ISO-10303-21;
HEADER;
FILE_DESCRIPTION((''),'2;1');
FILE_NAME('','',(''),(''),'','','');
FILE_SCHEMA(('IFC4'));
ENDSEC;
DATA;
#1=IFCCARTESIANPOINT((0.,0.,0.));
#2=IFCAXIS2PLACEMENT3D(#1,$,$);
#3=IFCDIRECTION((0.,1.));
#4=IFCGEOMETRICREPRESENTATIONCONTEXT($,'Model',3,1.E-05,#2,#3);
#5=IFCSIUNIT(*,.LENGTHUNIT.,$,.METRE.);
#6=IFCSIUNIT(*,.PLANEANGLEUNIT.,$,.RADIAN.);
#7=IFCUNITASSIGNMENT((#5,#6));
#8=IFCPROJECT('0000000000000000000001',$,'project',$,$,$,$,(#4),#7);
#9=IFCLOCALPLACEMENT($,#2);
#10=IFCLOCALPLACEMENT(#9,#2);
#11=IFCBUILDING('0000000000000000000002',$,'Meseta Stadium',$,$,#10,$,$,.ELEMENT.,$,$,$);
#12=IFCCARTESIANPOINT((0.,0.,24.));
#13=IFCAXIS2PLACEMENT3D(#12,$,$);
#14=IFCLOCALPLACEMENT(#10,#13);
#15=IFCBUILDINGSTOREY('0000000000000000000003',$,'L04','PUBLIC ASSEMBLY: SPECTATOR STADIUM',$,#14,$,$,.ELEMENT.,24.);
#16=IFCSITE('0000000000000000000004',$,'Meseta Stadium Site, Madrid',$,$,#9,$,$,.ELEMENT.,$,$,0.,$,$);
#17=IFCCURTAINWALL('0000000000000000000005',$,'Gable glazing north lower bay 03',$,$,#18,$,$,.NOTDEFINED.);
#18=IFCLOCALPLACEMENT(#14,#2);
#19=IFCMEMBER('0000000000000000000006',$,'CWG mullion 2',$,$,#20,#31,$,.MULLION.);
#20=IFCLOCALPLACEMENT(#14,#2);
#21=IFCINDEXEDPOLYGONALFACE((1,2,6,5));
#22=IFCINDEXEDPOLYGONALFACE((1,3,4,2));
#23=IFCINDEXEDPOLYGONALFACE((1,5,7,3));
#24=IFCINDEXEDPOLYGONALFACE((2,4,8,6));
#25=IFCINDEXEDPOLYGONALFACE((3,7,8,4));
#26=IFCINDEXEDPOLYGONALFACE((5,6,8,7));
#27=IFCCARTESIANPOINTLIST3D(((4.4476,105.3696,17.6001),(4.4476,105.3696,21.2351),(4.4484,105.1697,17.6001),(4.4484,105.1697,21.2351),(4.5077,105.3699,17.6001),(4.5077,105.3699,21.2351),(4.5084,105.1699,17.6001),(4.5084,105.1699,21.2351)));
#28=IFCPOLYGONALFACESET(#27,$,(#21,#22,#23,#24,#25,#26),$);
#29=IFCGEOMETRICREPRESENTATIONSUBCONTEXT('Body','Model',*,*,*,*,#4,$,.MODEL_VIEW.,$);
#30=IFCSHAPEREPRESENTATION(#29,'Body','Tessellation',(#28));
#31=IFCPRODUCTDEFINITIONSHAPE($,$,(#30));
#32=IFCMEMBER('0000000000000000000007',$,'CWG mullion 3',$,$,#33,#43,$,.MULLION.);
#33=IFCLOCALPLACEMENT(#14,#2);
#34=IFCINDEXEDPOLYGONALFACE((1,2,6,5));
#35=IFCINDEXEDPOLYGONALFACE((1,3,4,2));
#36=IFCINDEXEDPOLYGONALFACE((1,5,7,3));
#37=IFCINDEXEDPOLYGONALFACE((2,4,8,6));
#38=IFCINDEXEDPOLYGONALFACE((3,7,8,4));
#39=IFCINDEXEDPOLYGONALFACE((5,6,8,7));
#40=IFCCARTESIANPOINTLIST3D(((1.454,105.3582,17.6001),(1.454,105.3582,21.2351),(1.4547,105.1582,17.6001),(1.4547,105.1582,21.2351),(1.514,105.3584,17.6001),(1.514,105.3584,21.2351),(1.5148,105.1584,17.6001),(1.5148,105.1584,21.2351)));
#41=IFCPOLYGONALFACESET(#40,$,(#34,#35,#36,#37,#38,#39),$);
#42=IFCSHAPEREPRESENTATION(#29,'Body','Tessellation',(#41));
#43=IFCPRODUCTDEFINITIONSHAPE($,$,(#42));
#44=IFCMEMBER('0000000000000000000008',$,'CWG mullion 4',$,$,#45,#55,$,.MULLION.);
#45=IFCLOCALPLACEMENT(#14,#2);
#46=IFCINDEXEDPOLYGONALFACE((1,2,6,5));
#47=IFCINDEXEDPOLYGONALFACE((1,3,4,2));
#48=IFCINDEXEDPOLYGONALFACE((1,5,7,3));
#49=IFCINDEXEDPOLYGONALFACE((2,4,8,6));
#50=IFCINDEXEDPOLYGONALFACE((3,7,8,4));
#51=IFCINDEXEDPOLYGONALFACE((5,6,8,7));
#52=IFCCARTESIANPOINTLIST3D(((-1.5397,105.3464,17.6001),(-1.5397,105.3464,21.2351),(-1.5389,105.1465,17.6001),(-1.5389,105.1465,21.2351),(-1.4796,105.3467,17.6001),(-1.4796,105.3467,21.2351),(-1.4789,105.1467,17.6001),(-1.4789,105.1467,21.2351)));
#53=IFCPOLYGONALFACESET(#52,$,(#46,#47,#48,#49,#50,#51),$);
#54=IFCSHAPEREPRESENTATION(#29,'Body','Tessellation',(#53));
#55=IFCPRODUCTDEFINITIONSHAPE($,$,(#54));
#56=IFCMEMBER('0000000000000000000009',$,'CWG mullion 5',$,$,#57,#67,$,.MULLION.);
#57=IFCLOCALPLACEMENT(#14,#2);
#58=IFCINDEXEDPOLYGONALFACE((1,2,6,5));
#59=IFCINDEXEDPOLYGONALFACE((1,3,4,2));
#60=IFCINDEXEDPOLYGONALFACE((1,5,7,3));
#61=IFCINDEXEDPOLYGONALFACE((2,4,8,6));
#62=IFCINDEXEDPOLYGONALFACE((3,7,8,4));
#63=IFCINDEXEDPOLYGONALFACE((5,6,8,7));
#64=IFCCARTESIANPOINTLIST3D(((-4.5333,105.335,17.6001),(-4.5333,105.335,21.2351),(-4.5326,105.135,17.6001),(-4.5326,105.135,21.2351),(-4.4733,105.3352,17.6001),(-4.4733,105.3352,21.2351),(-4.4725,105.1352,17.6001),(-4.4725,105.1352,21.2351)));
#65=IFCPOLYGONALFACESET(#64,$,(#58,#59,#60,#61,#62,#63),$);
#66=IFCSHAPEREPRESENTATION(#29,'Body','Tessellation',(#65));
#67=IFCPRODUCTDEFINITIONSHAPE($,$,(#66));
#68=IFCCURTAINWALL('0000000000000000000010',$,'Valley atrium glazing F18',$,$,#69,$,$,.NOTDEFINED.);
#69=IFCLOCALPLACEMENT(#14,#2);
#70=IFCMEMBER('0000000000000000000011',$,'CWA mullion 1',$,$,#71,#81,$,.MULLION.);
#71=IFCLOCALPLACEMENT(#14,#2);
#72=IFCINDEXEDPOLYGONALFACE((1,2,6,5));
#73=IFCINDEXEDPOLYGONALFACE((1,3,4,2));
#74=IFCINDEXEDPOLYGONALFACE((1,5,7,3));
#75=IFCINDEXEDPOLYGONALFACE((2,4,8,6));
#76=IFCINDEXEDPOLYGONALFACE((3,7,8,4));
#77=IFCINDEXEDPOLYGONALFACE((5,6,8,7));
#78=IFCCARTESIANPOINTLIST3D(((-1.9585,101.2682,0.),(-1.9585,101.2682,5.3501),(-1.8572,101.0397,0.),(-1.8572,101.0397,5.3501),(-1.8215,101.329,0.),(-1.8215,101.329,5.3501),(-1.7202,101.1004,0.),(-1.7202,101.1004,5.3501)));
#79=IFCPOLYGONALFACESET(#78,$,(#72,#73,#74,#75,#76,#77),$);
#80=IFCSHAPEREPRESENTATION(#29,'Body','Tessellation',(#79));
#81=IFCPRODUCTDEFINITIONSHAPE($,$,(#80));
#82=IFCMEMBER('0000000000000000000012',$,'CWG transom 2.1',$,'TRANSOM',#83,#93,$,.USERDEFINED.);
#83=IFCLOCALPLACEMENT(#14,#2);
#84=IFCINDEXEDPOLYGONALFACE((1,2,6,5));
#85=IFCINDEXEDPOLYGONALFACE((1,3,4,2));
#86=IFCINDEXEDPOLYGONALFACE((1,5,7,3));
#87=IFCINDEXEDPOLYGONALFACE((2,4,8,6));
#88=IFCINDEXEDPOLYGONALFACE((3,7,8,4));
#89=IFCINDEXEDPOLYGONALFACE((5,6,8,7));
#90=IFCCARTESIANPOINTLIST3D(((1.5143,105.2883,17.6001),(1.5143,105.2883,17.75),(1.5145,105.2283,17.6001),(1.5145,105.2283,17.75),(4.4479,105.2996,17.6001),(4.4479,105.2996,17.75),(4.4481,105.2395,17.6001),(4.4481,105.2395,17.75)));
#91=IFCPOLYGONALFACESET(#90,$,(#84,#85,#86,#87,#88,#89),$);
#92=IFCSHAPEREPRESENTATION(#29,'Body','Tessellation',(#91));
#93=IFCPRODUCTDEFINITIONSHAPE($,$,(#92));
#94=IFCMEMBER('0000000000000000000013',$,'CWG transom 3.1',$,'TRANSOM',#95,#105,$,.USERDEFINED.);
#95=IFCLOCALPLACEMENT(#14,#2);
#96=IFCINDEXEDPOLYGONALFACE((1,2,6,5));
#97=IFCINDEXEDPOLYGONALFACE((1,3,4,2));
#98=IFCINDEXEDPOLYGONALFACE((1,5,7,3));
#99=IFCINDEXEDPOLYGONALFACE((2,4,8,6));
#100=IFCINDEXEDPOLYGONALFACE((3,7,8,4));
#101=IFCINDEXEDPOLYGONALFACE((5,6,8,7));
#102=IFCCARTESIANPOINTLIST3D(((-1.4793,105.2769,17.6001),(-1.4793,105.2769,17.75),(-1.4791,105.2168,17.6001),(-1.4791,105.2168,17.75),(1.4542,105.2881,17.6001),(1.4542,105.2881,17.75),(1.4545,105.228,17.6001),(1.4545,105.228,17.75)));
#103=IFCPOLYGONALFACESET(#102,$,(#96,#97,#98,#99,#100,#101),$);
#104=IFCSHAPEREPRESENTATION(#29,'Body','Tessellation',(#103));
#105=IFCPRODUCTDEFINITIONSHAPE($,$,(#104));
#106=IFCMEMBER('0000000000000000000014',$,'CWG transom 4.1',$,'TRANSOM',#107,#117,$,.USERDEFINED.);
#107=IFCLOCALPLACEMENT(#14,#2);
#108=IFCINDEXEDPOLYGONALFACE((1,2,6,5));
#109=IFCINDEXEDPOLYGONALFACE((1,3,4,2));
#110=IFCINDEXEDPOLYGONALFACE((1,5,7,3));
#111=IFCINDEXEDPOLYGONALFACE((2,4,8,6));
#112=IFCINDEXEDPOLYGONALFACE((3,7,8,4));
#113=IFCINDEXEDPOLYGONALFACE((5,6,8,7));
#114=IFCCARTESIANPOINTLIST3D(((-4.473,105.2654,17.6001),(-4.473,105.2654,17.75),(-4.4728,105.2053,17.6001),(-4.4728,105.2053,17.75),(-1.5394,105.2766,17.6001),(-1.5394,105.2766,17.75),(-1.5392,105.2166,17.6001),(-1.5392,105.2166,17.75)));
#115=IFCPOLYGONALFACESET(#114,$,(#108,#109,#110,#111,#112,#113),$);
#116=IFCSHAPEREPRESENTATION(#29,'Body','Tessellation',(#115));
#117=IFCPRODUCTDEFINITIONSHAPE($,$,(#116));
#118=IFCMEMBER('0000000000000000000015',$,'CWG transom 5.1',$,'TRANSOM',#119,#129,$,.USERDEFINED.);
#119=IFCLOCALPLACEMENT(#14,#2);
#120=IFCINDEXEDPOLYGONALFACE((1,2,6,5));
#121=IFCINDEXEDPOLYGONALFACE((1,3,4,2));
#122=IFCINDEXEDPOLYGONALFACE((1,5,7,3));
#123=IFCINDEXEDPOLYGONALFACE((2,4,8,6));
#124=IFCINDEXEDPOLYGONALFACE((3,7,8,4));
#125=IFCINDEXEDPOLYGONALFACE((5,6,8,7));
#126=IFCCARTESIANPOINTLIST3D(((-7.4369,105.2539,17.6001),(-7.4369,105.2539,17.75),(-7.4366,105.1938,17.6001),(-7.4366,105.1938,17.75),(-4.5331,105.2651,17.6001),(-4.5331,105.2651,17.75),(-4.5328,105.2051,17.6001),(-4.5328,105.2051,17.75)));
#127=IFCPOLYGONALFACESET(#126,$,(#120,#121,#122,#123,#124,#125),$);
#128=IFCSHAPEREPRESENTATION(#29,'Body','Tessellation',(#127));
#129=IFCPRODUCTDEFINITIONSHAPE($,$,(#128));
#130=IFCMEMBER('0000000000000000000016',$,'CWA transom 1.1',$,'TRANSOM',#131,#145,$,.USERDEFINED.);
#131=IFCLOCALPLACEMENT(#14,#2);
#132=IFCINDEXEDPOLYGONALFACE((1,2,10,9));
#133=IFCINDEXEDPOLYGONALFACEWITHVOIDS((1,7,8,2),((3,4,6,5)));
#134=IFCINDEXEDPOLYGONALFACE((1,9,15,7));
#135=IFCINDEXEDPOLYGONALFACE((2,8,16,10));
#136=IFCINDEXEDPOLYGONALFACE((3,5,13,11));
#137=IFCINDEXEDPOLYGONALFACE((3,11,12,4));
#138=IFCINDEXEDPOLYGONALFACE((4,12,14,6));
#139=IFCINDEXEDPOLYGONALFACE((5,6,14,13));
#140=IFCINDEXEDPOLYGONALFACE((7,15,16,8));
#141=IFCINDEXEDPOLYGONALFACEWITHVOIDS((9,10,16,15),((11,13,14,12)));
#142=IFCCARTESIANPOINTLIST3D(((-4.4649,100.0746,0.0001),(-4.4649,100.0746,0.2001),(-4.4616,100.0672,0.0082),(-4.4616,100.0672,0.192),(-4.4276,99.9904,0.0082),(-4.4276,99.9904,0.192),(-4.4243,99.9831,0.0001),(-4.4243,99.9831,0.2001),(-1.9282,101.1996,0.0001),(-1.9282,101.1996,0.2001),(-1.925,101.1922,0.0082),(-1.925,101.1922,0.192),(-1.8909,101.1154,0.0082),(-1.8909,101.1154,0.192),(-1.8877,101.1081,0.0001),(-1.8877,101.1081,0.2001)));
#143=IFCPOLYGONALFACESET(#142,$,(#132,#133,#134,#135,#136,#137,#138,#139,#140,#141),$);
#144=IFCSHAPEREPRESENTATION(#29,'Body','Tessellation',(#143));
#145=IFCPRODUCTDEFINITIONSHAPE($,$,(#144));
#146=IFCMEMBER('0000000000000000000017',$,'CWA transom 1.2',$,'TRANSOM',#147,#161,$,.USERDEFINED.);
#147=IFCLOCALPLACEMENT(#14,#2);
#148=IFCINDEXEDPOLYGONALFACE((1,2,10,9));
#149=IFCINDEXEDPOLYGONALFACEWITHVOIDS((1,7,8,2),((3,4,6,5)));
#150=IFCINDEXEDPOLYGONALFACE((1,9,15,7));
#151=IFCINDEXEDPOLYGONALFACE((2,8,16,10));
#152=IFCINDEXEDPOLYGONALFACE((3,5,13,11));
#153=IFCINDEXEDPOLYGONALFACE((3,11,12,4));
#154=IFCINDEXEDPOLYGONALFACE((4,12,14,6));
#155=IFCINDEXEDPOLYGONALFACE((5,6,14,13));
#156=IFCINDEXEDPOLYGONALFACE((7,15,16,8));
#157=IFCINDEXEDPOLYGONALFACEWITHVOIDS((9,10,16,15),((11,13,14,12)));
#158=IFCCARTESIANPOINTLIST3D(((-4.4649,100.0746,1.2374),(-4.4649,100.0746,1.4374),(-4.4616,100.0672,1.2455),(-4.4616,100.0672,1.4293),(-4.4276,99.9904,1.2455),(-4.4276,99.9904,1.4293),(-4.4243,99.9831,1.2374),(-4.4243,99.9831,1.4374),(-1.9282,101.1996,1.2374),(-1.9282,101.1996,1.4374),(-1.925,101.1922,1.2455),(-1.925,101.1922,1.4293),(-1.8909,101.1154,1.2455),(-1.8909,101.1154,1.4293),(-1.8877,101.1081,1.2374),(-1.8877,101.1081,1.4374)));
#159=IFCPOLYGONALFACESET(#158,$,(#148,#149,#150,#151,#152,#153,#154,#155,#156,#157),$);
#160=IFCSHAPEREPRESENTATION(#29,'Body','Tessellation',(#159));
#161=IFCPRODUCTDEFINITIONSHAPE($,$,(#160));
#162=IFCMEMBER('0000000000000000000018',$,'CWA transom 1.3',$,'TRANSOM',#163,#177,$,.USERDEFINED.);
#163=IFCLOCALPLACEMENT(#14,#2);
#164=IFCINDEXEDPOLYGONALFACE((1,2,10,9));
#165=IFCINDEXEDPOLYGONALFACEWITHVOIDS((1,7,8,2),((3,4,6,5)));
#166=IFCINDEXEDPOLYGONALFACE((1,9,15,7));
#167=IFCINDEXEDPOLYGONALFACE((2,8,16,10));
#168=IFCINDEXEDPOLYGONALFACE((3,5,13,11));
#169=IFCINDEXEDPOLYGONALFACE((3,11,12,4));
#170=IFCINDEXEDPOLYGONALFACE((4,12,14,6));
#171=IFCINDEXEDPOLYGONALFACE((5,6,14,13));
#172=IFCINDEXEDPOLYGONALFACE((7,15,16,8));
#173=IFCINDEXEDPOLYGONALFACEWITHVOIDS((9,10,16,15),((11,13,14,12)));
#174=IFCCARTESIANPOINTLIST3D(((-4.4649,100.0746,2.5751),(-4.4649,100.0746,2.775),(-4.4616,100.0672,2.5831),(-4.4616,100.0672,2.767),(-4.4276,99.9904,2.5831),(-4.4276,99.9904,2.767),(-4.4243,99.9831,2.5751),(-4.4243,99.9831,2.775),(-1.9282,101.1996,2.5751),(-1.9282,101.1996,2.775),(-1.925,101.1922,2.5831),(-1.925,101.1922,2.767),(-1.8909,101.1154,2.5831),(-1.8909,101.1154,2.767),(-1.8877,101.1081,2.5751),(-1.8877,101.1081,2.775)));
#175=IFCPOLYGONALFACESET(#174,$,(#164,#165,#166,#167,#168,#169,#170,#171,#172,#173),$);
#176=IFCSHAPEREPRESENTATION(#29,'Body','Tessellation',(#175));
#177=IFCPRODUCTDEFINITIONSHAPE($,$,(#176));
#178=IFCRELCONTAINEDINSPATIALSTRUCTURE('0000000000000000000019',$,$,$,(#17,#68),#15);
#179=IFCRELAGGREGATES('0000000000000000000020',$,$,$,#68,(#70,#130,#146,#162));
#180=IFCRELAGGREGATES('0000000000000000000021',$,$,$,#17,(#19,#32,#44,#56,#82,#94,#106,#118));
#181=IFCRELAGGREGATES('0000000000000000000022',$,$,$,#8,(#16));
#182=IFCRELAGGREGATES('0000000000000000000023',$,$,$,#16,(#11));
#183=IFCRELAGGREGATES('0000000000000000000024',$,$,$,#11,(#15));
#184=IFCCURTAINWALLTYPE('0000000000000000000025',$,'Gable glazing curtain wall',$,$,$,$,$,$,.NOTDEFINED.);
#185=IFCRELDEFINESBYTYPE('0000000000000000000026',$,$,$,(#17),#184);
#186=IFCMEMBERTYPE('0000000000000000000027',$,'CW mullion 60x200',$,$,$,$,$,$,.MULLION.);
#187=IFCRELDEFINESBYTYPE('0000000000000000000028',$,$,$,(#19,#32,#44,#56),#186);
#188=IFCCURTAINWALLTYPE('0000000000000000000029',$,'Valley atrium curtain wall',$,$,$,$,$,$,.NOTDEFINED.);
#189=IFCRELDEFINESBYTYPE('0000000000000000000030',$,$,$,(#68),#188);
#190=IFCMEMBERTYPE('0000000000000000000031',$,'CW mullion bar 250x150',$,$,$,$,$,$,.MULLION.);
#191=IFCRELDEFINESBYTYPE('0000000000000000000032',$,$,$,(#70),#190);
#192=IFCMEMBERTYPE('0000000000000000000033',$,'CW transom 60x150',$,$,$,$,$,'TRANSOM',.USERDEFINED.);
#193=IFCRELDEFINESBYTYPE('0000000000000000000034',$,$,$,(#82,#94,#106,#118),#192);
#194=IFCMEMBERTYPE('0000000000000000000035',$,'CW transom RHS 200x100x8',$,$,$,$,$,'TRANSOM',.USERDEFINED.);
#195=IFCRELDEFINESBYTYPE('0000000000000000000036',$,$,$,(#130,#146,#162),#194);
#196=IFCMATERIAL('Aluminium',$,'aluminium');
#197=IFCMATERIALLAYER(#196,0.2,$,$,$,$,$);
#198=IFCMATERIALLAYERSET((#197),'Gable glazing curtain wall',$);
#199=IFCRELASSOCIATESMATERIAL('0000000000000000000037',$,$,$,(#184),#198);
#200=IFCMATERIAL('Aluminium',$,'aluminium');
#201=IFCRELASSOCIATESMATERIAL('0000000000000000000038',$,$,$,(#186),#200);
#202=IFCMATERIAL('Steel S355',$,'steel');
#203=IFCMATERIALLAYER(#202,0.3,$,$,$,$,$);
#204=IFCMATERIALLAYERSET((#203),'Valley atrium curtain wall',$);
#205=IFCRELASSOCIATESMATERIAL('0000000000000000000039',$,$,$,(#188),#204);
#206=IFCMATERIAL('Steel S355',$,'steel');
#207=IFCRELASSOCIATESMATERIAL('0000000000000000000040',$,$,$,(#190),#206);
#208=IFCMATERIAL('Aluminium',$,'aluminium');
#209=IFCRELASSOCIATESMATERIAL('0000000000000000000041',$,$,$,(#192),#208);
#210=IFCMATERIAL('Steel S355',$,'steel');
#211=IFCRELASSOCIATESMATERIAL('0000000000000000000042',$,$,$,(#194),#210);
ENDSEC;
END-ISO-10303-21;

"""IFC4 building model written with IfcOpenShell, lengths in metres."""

from ifc_helpers import new_model, si_unit, direction, frame, origin, origin_2d, place, context, subcontext, project, spatial, rectangle, hollow_rectangle, extrude, material, layer, layer_set, material_profile, profile_set, type_object, element, aggregate, save


model = new_model("IFC4")

# Units and contexts
model_context = context("Model", 3, precision=1e-05, world=origin(), true_north=direction((0.0, 1.0)))
body_context = subcontext(model_context, "Body", "Model", "MODEL_VIEW")
ifc_project = project(units=[si_unit("LENGTHUNIT", "METRE"), si_unit("PLANEANGLEUNIT", "RADIAN")], contexts=[model_context])

# Site, building, storey
site_placement = place(None, origin())
site = spatial("IfcSite", under=ifc_project, at=site_placement, Name="Meseta Stadium Site, Madrid", CompositionType="ELEMENT", RefElevation=0.0)
building_placement = place(site_placement, origin())
building = spatial("IfcBuilding", under=site, at=building_placement, Name="Meseta Stadium", CompositionType="ELEMENT")
storey_placement = place(building_placement, frame((0.0, 0.0, 24.0)))
storey = spatial("IfcBuildingStorey", under=building, at=storey_placement, Name="L04", Description="PUBLIC ASSEMBLY: SPECTATOR STADIUM", CompositionType="ELEMENT", Elevation=24.0)

# Curtain wall, members
ifc_material_1 = material(Name="Aluminium", Category="aluminium")
ifc_layer_1 = layer(ifc_material_1, 0.2)
ifc_layer_set_1 = layer_set([ifc_layer_1], Name="Gable glazing curtain wall")
curtain_wall_type_1 = type_object("IfcCurtainWallType", Name="Gable glazing curtain wall", PredefinedType="NOTDEFINED", material=ifc_layer_set_1)
curtain_wall_1_placement = place(storey_placement, origin())
curtain_wall_1 = element("IfcCurtainWall", 1, at=curtain_wall_1_placement, inside=storey, type_object=curtain_wall_type_1, Name="Gable glazing north lower bay 03", PredefinedType="NOTDEFINED")
ifc_material_2 = material(Name="Aluminium", Category="aluminium")
ifc_material_profile_1 = material_profile(ifc_material_2, rectangle(XDim=0.2, YDim=0.0601, at=origin_2d()), Name="CW 200x60")
ifc_profile_set_1 = profile_set([ifc_material_profile_1], Name="Aluminium")
member_type_1 = type_object("IfcMemberType", Name="CW mullion 60x200", PredefinedType="MULLION", material=ifc_profile_set_1)
member_1_placement = place(storey_placement, frame((4.478, 105.2698, 17.6001), z_axis=(0.0, 0.0, 1.0), x_axis=(0.003848, -0.999993, 0.0)))
member_1 = element("IfcMember", 2, at=member_1_placement, type_object=member_type_1, Name="CWG mullion 2", PredefinedType="MULLION", context=body_context, shape_type="SweptSolid", body=[
    extrude(rectangle(XDim=0.2, YDim=0.0601, at=origin_2d()), origin(), (0.0, 0.0, 1.0), 3.635),
])
member_2_placement = place(storey_placement, frame((1.4844, 105.2583, 17.6001), z_axis=(0.0, 0.0, 1.0), x_axis=(0.003848, -0.999993, 0.0)))
member_2 = element("IfcMember", 3, at=member_2_placement, type_object=member_type_1, Name="CWG mullion 3", PredefinedType="MULLION", context=body_context, shape_type="SweptSolid", body=[
    extrude(rectangle(XDim=0.2, YDim=0.0601, at=origin_2d()), origin(), (0.0, 0.0, 1.0), 3.635),
])
member_3_placement = place(storey_placement, frame((-1.5093, 105.2466, 17.6001), z_axis=(0.0, 0.0, 1.0), x_axis=(0.003848, -0.999993, 0.0)))
member_3 = element("IfcMember", 4, at=member_3_placement, type_object=member_type_1, Name="CWG mullion 4", PredefinedType="MULLION", context=body_context, shape_type="SweptSolid", body=[
    extrude(rectangle(XDim=0.2, YDim=0.0601, at=origin_2d()), origin(), (0.0, 0.0, 1.0), 3.635),
])
member_4_placement = place(storey_placement, frame((-4.5029, 105.2351, 17.6001), z_axis=(0.0, 0.0, 1.0), x_axis=(0.003848, -0.999993, 0.0)))
member_4 = element("IfcMember", 5, at=member_4_placement, type_object=member_type_1, Name="CWG mullion 5", PredefinedType="MULLION", context=body_context, shape_type="SweptSolid", body=[
    extrude(rectangle(XDim=0.2, YDim=0.0601, at=origin_2d()), origin(), (0.0, 0.0, 1.0), 3.635),
])

# Curtain wall, member
ifc_material_3 = material(Name="Steel S355", Category="steel")
ifc_layer_2 = layer(ifc_material_3, 0.3)
ifc_layer_set_2 = layer_set([ifc_layer_2], Name="Valley atrium curtain wall")
curtain_wall_type_2 = type_object("IfcCurtainWallType", Name="Valley atrium curtain wall", PredefinedType="NOTDEFINED", material=ifc_layer_set_2)
curtain_wall_2_placement = place(storey_placement, origin())
curtain_wall_2 = element("IfcCurtainWall", 6, at=curtain_wall_2_placement, inside=storey, type_object=curtain_wall_type_2, Name="Valley atrium glazing F18", PredefinedType="NOTDEFINED")
ifc_material_4 = material(Name="Steel S355", Category="steel")
ifc_material_profile_2 = material_profile(ifc_material_4, rectangle(XDim=0.25, YDim=0.1499, at=origin_2d()), Name="CW 250x150")
ifc_profile_set_2 = profile_set([ifc_material_profile_2], Name="Steel S355")
member_type_2 = type_object("IfcMemberType", Name="CW mullion bar 250x150", PredefinedType="MULLION", material=ifc_profile_set_2)
member_5_placement = place(storey_placement, frame((-1.8394, 101.1843, 0.0), z_axis=(0.0, 0.0, 1.0), x_axis=(0.405401, -0.914139, 0.0)))
member_5 = element("IfcMember", 7, at=member_5_placement, type_object=member_type_2, Name="CWA mullion 1", PredefinedType="MULLION", context=body_context, shape_type="SweptSolid", body=[
    extrude(rectangle(XDim=0.25, YDim=0.1499, at=origin_2d()), origin(), (0.0, 0.0, 1.0), 5.3501),
])

# Members
ifc_material_5 = material(Name="Aluminium", Category="aluminium")
ifc_material_profile_3 = material_profile(ifc_material_5, rectangle(XDim=0.0601, YDim=0.1499, at=origin_2d()), Name="CW 60x150")
ifc_profile_set_3 = profile_set([ifc_material_profile_3], Name="Aluminium")
member_type_3 = type_object("IfcMemberType", Name="CW transom 60x150", ElementType="TRANSOM", PredefinedType="USERDEFINED", material=ifc_profile_set_3)
member_6_placement = place(storey_placement, frame((4.448, 105.2695, 17.675), z_axis=(-0.999993, -0.003828, 0.0), x_axis=(0.003828, -0.999993, 0.0)))
member_6 = element("IfcMember", 8, at=member_6_placement, type_object=member_type_3, Name="CWG transom 2.1", ObjectType="TRANSOM", PredefinedType="USERDEFINED", context=body_context, shape_type="SweptSolid", body=[
    extrude(rectangle(XDim=0.0601, YDim=0.1499, at=origin_2d()), origin(), (0.0, 0.0, 1.0), 2.9336),
])
member_7_placement = place(storey_placement, frame((1.4543, 105.2581, 17.675), z_axis=(-0.999993, -0.003828, 0.0), x_axis=(0.003828, -0.999993, 0.0)))
member_7 = element("IfcMember", 9, at=member_7_placement, type_object=member_type_3, Name="CWG transom 3.1", ObjectType="TRANSOM", PredefinedType="USERDEFINED", context=body_context, shape_type="SweptSolid", body=[
    extrude(rectangle(XDim=0.0601, YDim=0.1499, at=origin_2d()), origin(), (0.0, 0.0, 1.0), 2.9336),
])
member_8_placement = place(storey_placement, frame((-1.5393, 105.2466, 17.675), z_axis=(-0.999993, -0.003828, 0.0), x_axis=(0.003828, -0.999993, 0.0)))
member_8 = element("IfcMember", 10, at=member_8_placement, type_object=member_type_3, Name="CWG transom 4.1", ObjectType="TRANSOM", PredefinedType="USERDEFINED", context=body_context, shape_type="SweptSolid", body=[
    extrude(rectangle(XDim=0.0601, YDim=0.1499, at=origin_2d()), origin(), (0.0, 0.0, 1.0), 2.9336),
])
member_9_placement = place(storey_placement, frame((-4.533, 105.2351, 17.675), z_axis=(-0.999993, -0.003867, 0.0), x_axis=(0.003867, -0.999993, 0.0)))
member_9 = element("IfcMember", 11, at=member_9_placement, type_object=member_type_3, Name="CWG transom 5.1", ObjectType="TRANSOM", PredefinedType="USERDEFINED", context=body_context, shape_type="SweptSolid", body=[
    extrude(rectangle(XDim=0.0601, YDim=0.1499, at=origin_2d()), origin(), (0.0, 0.0, 1.0), 2.9038),
])
ifc_material_6 = material(Name="Steel S355", Category="steel")
ifc_material_profile_4 = material_profile(ifc_material_6, hollow_rectangle(XDim=0.1001, YDim=0.2, WallThickness=0.0081, at=origin_2d()), Name="RHS 200x100x8")
ifc_profile_set_4 = profile_set([ifc_material_profile_4], Name="Steel S355")
member_type_4 = type_object("IfcMemberType", Name="CW transom RHS 200x100x8", ElementType="TRANSOM", PredefinedType="USERDEFINED", material=ifc_profile_set_4)
member_10_placement = place(storey_placement, frame((-1.908, 101.1538, 0.1001), z_axis=(-0.914131, -0.40542, 0.0), x_axis=(0.40542, -0.914131, 0.0)))
member_10 = element("IfcMember", 12, at=member_10_placement, type_object=member_type_4, Name="CWA transom 1.1", ObjectType="TRANSOM", PredefinedType="USERDEFINED", context=body_context, shape_type="SweptSolid", body=[
    extrude(hollow_rectangle(XDim=0.1001, YDim=0.2, WallThickness=0.0081, at=origin_2d()), origin(), (0.0, 0.0, 1.0), 2.7749),
])
member_11_placement = place(storey_placement, frame((-1.908, 101.1538, 1.3374), z_axis=(-0.914131, -0.40542, 0.0), x_axis=(0.40542, -0.914131, 0.0)))
member_11 = element("IfcMember", 13, at=member_11_placement, type_object=member_type_4, Name="CWA transom 1.2", ObjectType="TRANSOM", PredefinedType="USERDEFINED", context=body_context, shape_type="SweptSolid", body=[
    extrude(hollow_rectangle(XDim=0.1001, YDim=0.2, WallThickness=0.0081, at=origin_2d()), origin(), (0.0, 0.0, 1.0), 2.7749),
])
member_12_placement = place(storey_placement, frame((-1.908, 101.1538, 2.675), z_axis=(-0.914131, -0.40542, 0.0), x_axis=(0.40542, -0.914131, 0.0)))
member_12 = element("IfcMember", 14, at=member_12_placement, type_object=member_type_4, Name="CWA transom 1.3", ObjectType="TRANSOM", PredefinedType="USERDEFINED", context=body_context, shape_type="SweptSolid", body=[
    extrude(hollow_rectangle(XDim=0.1001, YDim=0.2, WallThickness=0.0081, at=origin_2d()), origin(), (0.0, 0.0, 1.0), 2.7749),
])

aggregate(curtain_wall_2, [member_5, member_10, member_11, member_12])
aggregate(curtain_wall_1, [member_1, member_2, member_3, member_4, member_6, member_7, member_8, member_9])

save(model, "model.ifc")
